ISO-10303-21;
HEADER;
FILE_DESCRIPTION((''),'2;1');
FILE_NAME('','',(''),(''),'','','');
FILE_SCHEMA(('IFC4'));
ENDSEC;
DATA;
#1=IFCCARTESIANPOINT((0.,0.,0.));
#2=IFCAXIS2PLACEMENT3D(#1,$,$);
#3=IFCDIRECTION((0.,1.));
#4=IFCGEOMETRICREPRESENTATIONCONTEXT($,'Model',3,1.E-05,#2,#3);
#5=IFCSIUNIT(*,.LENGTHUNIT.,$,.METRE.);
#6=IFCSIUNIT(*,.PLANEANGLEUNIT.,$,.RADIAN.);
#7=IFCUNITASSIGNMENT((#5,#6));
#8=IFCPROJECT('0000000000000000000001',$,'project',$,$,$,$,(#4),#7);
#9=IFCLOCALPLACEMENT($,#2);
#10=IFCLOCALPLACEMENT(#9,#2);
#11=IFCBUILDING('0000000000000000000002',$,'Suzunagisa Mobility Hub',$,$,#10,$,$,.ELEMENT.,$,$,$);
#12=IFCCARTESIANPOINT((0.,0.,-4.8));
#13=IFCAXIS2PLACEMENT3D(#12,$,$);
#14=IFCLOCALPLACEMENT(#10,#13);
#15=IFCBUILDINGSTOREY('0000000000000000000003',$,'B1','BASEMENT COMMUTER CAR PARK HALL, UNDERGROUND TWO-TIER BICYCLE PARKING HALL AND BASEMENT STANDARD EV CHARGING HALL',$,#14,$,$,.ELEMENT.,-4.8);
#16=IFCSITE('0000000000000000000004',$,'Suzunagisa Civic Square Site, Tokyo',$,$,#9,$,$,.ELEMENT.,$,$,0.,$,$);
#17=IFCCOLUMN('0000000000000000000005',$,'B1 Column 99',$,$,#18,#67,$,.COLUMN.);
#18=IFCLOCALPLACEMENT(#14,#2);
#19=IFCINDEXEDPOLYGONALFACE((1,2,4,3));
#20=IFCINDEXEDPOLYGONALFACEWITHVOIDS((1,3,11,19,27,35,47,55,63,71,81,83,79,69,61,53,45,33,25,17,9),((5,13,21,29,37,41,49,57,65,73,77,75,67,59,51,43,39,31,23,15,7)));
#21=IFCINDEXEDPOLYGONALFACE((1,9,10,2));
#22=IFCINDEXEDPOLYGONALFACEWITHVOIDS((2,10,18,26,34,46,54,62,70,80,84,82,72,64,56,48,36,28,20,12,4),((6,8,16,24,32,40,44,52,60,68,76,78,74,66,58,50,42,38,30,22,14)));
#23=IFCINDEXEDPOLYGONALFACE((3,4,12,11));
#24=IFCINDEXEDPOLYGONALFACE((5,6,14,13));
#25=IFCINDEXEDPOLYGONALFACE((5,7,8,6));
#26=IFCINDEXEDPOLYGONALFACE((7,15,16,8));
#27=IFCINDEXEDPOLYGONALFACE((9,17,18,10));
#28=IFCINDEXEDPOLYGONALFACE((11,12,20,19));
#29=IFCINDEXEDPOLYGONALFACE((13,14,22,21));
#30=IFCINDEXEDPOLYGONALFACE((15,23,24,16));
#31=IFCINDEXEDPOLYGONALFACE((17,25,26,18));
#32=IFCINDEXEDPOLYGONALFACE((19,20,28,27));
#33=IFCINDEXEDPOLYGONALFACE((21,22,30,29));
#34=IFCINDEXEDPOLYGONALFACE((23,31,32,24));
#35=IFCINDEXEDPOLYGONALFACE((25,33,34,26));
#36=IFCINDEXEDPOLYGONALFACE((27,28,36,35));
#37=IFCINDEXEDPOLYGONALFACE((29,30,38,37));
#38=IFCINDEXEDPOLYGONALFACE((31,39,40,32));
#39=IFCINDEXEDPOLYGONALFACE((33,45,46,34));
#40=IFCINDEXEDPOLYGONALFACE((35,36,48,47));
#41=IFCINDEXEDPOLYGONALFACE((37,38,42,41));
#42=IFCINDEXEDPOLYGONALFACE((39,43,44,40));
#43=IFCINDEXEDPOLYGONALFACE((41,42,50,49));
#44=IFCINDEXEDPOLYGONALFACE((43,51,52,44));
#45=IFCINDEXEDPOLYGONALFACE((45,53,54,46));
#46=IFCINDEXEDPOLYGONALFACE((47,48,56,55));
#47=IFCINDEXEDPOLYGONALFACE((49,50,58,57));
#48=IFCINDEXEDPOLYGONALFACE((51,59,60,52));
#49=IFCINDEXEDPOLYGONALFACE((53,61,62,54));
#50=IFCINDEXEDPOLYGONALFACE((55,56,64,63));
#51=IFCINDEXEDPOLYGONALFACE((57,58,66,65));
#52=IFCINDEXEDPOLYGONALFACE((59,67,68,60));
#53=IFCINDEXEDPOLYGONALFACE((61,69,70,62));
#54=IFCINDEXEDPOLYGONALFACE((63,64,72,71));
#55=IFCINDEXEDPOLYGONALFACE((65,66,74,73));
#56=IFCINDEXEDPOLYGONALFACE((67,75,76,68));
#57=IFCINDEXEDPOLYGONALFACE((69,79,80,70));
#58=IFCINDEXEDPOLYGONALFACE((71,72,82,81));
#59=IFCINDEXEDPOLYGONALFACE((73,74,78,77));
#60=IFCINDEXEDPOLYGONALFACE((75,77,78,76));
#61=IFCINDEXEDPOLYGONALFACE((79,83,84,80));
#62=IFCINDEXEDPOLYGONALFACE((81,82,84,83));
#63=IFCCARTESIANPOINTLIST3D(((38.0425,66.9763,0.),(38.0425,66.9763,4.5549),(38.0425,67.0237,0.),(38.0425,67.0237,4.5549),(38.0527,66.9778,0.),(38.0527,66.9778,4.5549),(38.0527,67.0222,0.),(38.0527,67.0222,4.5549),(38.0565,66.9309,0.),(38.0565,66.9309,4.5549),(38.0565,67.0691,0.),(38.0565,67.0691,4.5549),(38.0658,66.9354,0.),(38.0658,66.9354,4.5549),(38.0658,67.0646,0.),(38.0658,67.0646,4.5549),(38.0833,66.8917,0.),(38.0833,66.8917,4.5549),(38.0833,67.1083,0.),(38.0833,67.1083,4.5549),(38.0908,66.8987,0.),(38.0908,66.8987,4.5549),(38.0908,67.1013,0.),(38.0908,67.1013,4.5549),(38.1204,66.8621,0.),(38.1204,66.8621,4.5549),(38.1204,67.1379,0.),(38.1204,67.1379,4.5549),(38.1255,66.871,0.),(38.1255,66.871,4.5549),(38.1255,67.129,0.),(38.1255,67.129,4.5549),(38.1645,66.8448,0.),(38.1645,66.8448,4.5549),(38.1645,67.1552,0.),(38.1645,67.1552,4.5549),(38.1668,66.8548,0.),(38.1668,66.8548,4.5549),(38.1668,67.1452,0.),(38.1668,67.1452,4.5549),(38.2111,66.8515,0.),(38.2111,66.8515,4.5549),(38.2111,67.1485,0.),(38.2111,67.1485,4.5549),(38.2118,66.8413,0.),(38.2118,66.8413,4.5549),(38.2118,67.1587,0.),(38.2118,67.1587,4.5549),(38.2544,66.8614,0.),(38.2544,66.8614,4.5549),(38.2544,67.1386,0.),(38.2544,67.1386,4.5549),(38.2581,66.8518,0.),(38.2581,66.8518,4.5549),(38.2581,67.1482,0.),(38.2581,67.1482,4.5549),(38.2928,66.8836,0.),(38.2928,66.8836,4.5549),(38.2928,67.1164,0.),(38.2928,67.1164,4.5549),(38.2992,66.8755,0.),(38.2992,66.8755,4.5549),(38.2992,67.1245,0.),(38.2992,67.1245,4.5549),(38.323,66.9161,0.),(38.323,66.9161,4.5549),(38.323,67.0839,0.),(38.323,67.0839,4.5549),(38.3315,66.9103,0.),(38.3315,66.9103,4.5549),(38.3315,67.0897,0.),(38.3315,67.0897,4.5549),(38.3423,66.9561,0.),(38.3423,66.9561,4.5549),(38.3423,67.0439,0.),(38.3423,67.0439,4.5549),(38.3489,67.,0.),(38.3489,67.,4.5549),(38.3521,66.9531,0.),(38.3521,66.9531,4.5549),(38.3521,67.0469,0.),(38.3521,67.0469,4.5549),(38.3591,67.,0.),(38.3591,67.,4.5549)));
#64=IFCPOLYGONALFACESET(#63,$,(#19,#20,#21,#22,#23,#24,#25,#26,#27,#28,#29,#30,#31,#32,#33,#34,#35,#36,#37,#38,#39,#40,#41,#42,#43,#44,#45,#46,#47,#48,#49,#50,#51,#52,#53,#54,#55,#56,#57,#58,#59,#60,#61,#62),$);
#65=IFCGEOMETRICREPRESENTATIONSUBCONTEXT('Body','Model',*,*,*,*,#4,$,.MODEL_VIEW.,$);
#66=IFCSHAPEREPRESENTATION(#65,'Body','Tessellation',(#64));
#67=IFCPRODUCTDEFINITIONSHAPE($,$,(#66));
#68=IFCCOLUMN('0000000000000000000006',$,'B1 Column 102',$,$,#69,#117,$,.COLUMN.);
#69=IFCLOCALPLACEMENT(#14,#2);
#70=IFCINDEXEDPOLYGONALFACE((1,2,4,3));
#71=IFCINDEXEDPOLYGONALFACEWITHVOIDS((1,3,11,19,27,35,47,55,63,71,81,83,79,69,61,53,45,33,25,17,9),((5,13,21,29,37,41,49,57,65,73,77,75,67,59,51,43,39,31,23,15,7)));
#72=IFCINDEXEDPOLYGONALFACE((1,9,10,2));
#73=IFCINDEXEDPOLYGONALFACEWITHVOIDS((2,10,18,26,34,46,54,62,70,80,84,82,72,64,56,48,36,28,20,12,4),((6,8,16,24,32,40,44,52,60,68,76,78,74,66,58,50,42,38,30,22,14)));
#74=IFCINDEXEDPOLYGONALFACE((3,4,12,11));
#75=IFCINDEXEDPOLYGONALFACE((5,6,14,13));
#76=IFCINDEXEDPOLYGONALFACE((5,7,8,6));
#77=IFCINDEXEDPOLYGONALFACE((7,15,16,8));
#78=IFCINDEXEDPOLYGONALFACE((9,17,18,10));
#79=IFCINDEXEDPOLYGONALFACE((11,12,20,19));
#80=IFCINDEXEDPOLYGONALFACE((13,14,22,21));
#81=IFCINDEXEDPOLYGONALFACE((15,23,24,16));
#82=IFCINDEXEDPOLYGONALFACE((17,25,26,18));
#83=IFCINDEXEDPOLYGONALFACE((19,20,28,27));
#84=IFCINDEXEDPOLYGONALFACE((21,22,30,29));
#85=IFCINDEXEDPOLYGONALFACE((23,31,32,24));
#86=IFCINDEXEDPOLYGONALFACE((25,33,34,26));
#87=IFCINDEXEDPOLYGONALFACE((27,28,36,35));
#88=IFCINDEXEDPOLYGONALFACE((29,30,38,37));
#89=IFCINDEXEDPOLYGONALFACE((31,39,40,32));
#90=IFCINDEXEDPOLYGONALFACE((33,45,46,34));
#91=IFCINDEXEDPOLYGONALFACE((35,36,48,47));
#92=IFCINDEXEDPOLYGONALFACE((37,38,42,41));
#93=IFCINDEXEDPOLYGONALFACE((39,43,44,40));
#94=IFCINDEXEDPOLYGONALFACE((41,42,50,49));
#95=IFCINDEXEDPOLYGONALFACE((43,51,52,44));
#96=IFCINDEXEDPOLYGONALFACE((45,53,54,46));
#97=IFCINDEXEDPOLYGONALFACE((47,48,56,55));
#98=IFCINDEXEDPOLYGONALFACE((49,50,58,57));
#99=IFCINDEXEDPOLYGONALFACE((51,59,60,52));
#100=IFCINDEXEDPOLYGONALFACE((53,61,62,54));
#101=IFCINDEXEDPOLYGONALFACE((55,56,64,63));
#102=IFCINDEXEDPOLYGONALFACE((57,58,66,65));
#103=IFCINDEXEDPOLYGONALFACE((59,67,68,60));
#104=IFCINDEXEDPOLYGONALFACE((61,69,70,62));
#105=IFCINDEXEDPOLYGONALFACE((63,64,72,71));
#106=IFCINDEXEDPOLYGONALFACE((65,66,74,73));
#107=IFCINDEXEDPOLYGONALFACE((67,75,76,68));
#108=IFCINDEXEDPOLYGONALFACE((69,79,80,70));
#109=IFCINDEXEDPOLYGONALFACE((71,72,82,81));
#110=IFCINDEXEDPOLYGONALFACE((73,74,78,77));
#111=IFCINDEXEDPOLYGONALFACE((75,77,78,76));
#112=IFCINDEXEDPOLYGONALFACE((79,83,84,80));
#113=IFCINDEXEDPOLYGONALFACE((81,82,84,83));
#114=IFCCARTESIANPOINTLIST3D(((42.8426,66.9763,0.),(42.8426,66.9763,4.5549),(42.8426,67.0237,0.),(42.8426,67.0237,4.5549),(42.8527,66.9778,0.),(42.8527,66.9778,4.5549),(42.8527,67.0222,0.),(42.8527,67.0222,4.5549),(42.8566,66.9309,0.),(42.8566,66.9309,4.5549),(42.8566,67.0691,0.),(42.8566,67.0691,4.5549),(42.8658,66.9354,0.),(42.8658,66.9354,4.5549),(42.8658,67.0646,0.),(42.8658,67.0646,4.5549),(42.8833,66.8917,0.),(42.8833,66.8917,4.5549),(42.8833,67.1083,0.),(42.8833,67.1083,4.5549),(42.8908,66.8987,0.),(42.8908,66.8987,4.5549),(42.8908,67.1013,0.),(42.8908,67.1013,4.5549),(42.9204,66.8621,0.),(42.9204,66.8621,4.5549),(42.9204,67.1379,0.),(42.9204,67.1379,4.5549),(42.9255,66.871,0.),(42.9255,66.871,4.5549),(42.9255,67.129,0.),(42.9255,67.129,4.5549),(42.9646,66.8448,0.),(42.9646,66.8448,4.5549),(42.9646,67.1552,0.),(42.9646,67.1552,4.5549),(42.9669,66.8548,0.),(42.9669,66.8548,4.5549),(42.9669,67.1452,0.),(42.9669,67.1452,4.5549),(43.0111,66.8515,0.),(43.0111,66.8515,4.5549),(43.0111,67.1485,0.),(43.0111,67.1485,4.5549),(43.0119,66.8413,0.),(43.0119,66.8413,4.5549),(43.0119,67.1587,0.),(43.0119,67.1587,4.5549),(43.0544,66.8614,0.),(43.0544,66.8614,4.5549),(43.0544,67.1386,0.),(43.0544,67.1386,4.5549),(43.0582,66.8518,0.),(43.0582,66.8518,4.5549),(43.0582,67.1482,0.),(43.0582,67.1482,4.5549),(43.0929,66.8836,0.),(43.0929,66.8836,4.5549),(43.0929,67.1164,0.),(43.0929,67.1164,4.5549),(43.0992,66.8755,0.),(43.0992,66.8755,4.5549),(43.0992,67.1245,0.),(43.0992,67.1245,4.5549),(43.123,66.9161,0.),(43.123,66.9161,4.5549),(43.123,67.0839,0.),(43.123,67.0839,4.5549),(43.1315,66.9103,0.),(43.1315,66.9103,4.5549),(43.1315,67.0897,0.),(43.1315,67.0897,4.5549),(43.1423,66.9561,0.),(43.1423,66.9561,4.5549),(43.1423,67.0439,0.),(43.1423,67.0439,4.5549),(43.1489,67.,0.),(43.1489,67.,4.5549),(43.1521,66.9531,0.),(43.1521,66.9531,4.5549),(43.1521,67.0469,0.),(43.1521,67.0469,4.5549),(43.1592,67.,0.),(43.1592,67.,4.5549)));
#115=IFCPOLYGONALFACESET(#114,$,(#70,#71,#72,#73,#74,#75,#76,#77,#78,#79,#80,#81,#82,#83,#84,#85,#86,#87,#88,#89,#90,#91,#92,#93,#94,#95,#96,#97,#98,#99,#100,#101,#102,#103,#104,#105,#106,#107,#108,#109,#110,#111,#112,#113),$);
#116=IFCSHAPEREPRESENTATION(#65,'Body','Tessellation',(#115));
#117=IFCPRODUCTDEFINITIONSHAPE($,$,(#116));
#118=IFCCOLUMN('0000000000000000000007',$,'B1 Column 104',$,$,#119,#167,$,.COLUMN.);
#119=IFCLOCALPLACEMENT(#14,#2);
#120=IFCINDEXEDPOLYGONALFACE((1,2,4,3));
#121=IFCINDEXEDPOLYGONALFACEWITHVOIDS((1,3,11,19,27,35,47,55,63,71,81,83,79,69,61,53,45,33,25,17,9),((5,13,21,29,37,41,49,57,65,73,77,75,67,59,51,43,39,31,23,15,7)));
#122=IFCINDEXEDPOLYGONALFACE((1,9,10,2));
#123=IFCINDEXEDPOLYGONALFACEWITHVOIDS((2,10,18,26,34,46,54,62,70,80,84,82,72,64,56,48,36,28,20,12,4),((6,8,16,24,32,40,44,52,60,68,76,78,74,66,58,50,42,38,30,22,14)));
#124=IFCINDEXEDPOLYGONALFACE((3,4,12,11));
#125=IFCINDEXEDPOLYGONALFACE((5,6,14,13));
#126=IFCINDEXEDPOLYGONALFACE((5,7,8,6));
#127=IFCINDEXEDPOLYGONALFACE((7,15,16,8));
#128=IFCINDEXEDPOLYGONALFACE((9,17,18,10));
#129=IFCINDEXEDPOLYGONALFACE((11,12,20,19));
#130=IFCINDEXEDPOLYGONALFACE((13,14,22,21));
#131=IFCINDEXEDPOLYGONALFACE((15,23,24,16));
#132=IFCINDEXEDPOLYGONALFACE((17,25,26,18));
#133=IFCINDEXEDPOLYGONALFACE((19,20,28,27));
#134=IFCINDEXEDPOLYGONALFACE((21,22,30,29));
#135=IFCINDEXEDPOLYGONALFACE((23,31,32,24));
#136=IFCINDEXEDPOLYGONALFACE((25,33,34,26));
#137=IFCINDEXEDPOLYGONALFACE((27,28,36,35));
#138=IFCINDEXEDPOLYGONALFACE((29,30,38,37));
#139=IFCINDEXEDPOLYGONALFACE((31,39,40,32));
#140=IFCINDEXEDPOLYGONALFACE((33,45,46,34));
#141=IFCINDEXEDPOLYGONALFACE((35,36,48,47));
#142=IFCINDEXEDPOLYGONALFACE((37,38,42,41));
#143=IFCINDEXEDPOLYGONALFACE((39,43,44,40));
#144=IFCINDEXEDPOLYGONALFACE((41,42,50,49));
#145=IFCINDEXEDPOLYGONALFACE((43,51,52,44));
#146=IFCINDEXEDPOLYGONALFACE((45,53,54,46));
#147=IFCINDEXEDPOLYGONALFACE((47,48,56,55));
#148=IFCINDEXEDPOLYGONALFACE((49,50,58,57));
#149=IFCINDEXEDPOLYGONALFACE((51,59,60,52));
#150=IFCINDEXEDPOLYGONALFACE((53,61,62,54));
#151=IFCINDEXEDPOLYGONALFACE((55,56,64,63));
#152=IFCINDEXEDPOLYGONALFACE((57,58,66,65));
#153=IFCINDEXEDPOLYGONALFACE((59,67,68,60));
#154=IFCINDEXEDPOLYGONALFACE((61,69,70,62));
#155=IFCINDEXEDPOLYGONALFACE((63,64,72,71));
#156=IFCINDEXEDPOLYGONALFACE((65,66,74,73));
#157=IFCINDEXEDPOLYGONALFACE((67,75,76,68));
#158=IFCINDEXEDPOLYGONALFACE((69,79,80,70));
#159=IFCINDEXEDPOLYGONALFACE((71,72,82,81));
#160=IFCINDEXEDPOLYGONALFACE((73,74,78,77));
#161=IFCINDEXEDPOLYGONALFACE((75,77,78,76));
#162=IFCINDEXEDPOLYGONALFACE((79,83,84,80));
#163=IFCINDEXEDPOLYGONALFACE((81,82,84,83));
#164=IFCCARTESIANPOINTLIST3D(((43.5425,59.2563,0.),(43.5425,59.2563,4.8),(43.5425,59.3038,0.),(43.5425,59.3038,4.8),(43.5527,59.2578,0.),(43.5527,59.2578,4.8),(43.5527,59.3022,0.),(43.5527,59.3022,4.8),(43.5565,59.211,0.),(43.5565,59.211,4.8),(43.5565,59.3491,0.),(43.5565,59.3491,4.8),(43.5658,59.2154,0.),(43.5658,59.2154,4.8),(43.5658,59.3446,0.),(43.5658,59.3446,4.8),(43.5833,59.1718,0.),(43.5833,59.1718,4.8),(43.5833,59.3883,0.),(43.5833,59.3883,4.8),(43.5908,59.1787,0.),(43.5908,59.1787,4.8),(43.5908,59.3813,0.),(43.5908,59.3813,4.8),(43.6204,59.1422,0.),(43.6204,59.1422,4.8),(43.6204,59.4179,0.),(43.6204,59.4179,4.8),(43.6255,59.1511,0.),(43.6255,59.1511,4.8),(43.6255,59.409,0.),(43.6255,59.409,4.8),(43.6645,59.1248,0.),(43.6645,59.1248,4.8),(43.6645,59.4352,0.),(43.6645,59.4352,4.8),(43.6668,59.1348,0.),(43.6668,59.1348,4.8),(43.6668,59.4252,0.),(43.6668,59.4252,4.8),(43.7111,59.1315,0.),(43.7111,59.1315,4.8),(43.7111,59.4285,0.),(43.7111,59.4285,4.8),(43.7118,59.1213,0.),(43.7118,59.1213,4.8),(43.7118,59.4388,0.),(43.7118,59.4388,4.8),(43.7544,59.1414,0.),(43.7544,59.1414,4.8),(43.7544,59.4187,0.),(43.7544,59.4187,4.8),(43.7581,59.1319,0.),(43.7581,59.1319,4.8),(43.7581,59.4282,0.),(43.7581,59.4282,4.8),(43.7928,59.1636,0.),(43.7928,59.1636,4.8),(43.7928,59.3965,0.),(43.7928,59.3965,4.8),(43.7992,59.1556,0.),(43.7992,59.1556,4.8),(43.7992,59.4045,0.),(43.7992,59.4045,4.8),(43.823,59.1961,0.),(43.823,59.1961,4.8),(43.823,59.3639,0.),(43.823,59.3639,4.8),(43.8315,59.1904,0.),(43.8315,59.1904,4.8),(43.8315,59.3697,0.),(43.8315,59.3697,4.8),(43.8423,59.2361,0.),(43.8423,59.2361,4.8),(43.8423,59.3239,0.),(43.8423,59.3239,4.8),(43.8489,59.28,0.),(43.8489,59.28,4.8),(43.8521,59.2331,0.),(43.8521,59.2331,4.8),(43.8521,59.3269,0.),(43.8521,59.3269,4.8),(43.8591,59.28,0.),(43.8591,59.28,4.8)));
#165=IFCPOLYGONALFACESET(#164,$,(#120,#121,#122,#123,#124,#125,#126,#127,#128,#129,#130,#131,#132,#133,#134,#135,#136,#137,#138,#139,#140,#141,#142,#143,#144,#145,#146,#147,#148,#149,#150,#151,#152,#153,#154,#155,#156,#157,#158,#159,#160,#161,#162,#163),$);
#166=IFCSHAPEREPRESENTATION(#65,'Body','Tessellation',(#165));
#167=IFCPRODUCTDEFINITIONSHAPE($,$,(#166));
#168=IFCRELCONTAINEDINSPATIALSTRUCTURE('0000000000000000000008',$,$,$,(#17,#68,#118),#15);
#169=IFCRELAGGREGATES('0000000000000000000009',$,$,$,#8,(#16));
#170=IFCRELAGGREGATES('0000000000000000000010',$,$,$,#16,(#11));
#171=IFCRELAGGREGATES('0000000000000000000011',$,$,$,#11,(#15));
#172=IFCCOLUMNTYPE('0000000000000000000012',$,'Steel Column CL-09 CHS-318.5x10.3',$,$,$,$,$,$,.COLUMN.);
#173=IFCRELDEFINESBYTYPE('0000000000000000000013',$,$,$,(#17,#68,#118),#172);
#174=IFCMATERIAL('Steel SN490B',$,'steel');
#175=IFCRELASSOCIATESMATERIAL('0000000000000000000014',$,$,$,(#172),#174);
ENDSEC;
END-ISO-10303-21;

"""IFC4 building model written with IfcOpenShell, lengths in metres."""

from ifc_helpers import new_model, si_unit, direction, frame, origin, origin_2d, place, context, subcontext, project, spatial, hollow_circle, extrude, material, material_profile, profile_set, type_object, element, save


model = new_model("IFC4")

# Units and contexts
model_context = context("Model", 3, precision=1e-05, world=origin(), true_north=direction((0.0, 1.0)))
body_context = subcontext(model_context, "Body", "Model", "MODEL_VIEW")
ifc_project = project(units=[si_unit("LENGTHUNIT", "METRE"), si_unit("PLANEANGLEUNIT", "RADIAN")], contexts=[model_context])

# Site, building, storey
site_placement = place(None, origin())
site = spatial("IfcSite", under=ifc_project, at=site_placement, Name="Suzunagisa Civic Square Site, Tokyo", CompositionType="ELEMENT", RefElevation=0.0)
building_placement = place(site_placement, origin())
building = spatial("IfcBuilding", under=site, at=building_placement, Name="Suzunagisa Mobility Hub", CompositionType="ELEMENT")
storey_placement = place(building_placement, frame((0.0, 0.0, -4.8)))
storey = spatial("IfcBuildingStorey", under=building, at=storey_placement, Name="B1", Description="BASEMENT COMMUTER CAR PARK HALL, UNDERGROUND TWO-TIER BICYCLE PARKING HALL AND BASEMENT STANDARD EV CHARGING HALL", CompositionType="ELEMENT", Elevation=-4.8)

# Columns
ifc_material_1 = material(Name="Steel SN490B", Category="steel")
ifc_material_profile_1 = material_profile(ifc_material_1, hollow_circle(Radius=0.1592, WallThickness=0.0103, at=origin_2d()), Name="CHS-318.5x10.3")
ifc_profile_set_1 = profile_set([ifc_material_profile_1], Name="Steel SN490B")
column_type = type_object("IfcColumnType", Name="Steel Column CL-09 CHS-318.5x10.3", PredefinedType="COLUMN", material=ifc_profile_set_1)
for number, where, z_axis, x_axis, name in (
    (1, (38.2, 67.0, 0.0), (0.0, 0.0, 1.0), (1.0, 0.0, 0.0), "B1 Column 99"),
    (2, (43.0, 67.0, 0.0), (0.0, 0.0, 1.0), (1.0, 0.0, 0.0), "B1 Column 102"),
):
    element("IfcColumn", number, at=place(storey_placement, frame(where, z_axis=z_axis, x_axis=x_axis)), inside=storey, type_object=column_type, Name=name, PredefinedType="COLUMN", context=body_context, shape_type="SweptSolid", body=[
        extrude(hollow_circle(Radius=0.1592, WallThickness=0.0103, at=origin_2d()), origin(), (0.0, 0.0, 1.0), 4.5549),
    ])
for number, where, z_axis, x_axis, name in (
    (3, (43.7, 59.28, 0.0), (0.0, 0.0, 1.0), (1.0, 0.0, 0.0), "B1 Column 104"),
):
    element("IfcColumn", number, at=place(storey_placement, frame(where, z_axis=z_axis, x_axis=x_axis)), inside=storey, type_object=column_type, Name=name, PredefinedType="COLUMN", context=body_context, shape_type="SweptSolid", body=[
        extrude(hollow_circle(Radius=0.1592, WallThickness=0.0103, at=origin_2d()), origin(), (0.0, 0.0, 1.0), 4.8),
    ])

save(model, "model.ifc")
